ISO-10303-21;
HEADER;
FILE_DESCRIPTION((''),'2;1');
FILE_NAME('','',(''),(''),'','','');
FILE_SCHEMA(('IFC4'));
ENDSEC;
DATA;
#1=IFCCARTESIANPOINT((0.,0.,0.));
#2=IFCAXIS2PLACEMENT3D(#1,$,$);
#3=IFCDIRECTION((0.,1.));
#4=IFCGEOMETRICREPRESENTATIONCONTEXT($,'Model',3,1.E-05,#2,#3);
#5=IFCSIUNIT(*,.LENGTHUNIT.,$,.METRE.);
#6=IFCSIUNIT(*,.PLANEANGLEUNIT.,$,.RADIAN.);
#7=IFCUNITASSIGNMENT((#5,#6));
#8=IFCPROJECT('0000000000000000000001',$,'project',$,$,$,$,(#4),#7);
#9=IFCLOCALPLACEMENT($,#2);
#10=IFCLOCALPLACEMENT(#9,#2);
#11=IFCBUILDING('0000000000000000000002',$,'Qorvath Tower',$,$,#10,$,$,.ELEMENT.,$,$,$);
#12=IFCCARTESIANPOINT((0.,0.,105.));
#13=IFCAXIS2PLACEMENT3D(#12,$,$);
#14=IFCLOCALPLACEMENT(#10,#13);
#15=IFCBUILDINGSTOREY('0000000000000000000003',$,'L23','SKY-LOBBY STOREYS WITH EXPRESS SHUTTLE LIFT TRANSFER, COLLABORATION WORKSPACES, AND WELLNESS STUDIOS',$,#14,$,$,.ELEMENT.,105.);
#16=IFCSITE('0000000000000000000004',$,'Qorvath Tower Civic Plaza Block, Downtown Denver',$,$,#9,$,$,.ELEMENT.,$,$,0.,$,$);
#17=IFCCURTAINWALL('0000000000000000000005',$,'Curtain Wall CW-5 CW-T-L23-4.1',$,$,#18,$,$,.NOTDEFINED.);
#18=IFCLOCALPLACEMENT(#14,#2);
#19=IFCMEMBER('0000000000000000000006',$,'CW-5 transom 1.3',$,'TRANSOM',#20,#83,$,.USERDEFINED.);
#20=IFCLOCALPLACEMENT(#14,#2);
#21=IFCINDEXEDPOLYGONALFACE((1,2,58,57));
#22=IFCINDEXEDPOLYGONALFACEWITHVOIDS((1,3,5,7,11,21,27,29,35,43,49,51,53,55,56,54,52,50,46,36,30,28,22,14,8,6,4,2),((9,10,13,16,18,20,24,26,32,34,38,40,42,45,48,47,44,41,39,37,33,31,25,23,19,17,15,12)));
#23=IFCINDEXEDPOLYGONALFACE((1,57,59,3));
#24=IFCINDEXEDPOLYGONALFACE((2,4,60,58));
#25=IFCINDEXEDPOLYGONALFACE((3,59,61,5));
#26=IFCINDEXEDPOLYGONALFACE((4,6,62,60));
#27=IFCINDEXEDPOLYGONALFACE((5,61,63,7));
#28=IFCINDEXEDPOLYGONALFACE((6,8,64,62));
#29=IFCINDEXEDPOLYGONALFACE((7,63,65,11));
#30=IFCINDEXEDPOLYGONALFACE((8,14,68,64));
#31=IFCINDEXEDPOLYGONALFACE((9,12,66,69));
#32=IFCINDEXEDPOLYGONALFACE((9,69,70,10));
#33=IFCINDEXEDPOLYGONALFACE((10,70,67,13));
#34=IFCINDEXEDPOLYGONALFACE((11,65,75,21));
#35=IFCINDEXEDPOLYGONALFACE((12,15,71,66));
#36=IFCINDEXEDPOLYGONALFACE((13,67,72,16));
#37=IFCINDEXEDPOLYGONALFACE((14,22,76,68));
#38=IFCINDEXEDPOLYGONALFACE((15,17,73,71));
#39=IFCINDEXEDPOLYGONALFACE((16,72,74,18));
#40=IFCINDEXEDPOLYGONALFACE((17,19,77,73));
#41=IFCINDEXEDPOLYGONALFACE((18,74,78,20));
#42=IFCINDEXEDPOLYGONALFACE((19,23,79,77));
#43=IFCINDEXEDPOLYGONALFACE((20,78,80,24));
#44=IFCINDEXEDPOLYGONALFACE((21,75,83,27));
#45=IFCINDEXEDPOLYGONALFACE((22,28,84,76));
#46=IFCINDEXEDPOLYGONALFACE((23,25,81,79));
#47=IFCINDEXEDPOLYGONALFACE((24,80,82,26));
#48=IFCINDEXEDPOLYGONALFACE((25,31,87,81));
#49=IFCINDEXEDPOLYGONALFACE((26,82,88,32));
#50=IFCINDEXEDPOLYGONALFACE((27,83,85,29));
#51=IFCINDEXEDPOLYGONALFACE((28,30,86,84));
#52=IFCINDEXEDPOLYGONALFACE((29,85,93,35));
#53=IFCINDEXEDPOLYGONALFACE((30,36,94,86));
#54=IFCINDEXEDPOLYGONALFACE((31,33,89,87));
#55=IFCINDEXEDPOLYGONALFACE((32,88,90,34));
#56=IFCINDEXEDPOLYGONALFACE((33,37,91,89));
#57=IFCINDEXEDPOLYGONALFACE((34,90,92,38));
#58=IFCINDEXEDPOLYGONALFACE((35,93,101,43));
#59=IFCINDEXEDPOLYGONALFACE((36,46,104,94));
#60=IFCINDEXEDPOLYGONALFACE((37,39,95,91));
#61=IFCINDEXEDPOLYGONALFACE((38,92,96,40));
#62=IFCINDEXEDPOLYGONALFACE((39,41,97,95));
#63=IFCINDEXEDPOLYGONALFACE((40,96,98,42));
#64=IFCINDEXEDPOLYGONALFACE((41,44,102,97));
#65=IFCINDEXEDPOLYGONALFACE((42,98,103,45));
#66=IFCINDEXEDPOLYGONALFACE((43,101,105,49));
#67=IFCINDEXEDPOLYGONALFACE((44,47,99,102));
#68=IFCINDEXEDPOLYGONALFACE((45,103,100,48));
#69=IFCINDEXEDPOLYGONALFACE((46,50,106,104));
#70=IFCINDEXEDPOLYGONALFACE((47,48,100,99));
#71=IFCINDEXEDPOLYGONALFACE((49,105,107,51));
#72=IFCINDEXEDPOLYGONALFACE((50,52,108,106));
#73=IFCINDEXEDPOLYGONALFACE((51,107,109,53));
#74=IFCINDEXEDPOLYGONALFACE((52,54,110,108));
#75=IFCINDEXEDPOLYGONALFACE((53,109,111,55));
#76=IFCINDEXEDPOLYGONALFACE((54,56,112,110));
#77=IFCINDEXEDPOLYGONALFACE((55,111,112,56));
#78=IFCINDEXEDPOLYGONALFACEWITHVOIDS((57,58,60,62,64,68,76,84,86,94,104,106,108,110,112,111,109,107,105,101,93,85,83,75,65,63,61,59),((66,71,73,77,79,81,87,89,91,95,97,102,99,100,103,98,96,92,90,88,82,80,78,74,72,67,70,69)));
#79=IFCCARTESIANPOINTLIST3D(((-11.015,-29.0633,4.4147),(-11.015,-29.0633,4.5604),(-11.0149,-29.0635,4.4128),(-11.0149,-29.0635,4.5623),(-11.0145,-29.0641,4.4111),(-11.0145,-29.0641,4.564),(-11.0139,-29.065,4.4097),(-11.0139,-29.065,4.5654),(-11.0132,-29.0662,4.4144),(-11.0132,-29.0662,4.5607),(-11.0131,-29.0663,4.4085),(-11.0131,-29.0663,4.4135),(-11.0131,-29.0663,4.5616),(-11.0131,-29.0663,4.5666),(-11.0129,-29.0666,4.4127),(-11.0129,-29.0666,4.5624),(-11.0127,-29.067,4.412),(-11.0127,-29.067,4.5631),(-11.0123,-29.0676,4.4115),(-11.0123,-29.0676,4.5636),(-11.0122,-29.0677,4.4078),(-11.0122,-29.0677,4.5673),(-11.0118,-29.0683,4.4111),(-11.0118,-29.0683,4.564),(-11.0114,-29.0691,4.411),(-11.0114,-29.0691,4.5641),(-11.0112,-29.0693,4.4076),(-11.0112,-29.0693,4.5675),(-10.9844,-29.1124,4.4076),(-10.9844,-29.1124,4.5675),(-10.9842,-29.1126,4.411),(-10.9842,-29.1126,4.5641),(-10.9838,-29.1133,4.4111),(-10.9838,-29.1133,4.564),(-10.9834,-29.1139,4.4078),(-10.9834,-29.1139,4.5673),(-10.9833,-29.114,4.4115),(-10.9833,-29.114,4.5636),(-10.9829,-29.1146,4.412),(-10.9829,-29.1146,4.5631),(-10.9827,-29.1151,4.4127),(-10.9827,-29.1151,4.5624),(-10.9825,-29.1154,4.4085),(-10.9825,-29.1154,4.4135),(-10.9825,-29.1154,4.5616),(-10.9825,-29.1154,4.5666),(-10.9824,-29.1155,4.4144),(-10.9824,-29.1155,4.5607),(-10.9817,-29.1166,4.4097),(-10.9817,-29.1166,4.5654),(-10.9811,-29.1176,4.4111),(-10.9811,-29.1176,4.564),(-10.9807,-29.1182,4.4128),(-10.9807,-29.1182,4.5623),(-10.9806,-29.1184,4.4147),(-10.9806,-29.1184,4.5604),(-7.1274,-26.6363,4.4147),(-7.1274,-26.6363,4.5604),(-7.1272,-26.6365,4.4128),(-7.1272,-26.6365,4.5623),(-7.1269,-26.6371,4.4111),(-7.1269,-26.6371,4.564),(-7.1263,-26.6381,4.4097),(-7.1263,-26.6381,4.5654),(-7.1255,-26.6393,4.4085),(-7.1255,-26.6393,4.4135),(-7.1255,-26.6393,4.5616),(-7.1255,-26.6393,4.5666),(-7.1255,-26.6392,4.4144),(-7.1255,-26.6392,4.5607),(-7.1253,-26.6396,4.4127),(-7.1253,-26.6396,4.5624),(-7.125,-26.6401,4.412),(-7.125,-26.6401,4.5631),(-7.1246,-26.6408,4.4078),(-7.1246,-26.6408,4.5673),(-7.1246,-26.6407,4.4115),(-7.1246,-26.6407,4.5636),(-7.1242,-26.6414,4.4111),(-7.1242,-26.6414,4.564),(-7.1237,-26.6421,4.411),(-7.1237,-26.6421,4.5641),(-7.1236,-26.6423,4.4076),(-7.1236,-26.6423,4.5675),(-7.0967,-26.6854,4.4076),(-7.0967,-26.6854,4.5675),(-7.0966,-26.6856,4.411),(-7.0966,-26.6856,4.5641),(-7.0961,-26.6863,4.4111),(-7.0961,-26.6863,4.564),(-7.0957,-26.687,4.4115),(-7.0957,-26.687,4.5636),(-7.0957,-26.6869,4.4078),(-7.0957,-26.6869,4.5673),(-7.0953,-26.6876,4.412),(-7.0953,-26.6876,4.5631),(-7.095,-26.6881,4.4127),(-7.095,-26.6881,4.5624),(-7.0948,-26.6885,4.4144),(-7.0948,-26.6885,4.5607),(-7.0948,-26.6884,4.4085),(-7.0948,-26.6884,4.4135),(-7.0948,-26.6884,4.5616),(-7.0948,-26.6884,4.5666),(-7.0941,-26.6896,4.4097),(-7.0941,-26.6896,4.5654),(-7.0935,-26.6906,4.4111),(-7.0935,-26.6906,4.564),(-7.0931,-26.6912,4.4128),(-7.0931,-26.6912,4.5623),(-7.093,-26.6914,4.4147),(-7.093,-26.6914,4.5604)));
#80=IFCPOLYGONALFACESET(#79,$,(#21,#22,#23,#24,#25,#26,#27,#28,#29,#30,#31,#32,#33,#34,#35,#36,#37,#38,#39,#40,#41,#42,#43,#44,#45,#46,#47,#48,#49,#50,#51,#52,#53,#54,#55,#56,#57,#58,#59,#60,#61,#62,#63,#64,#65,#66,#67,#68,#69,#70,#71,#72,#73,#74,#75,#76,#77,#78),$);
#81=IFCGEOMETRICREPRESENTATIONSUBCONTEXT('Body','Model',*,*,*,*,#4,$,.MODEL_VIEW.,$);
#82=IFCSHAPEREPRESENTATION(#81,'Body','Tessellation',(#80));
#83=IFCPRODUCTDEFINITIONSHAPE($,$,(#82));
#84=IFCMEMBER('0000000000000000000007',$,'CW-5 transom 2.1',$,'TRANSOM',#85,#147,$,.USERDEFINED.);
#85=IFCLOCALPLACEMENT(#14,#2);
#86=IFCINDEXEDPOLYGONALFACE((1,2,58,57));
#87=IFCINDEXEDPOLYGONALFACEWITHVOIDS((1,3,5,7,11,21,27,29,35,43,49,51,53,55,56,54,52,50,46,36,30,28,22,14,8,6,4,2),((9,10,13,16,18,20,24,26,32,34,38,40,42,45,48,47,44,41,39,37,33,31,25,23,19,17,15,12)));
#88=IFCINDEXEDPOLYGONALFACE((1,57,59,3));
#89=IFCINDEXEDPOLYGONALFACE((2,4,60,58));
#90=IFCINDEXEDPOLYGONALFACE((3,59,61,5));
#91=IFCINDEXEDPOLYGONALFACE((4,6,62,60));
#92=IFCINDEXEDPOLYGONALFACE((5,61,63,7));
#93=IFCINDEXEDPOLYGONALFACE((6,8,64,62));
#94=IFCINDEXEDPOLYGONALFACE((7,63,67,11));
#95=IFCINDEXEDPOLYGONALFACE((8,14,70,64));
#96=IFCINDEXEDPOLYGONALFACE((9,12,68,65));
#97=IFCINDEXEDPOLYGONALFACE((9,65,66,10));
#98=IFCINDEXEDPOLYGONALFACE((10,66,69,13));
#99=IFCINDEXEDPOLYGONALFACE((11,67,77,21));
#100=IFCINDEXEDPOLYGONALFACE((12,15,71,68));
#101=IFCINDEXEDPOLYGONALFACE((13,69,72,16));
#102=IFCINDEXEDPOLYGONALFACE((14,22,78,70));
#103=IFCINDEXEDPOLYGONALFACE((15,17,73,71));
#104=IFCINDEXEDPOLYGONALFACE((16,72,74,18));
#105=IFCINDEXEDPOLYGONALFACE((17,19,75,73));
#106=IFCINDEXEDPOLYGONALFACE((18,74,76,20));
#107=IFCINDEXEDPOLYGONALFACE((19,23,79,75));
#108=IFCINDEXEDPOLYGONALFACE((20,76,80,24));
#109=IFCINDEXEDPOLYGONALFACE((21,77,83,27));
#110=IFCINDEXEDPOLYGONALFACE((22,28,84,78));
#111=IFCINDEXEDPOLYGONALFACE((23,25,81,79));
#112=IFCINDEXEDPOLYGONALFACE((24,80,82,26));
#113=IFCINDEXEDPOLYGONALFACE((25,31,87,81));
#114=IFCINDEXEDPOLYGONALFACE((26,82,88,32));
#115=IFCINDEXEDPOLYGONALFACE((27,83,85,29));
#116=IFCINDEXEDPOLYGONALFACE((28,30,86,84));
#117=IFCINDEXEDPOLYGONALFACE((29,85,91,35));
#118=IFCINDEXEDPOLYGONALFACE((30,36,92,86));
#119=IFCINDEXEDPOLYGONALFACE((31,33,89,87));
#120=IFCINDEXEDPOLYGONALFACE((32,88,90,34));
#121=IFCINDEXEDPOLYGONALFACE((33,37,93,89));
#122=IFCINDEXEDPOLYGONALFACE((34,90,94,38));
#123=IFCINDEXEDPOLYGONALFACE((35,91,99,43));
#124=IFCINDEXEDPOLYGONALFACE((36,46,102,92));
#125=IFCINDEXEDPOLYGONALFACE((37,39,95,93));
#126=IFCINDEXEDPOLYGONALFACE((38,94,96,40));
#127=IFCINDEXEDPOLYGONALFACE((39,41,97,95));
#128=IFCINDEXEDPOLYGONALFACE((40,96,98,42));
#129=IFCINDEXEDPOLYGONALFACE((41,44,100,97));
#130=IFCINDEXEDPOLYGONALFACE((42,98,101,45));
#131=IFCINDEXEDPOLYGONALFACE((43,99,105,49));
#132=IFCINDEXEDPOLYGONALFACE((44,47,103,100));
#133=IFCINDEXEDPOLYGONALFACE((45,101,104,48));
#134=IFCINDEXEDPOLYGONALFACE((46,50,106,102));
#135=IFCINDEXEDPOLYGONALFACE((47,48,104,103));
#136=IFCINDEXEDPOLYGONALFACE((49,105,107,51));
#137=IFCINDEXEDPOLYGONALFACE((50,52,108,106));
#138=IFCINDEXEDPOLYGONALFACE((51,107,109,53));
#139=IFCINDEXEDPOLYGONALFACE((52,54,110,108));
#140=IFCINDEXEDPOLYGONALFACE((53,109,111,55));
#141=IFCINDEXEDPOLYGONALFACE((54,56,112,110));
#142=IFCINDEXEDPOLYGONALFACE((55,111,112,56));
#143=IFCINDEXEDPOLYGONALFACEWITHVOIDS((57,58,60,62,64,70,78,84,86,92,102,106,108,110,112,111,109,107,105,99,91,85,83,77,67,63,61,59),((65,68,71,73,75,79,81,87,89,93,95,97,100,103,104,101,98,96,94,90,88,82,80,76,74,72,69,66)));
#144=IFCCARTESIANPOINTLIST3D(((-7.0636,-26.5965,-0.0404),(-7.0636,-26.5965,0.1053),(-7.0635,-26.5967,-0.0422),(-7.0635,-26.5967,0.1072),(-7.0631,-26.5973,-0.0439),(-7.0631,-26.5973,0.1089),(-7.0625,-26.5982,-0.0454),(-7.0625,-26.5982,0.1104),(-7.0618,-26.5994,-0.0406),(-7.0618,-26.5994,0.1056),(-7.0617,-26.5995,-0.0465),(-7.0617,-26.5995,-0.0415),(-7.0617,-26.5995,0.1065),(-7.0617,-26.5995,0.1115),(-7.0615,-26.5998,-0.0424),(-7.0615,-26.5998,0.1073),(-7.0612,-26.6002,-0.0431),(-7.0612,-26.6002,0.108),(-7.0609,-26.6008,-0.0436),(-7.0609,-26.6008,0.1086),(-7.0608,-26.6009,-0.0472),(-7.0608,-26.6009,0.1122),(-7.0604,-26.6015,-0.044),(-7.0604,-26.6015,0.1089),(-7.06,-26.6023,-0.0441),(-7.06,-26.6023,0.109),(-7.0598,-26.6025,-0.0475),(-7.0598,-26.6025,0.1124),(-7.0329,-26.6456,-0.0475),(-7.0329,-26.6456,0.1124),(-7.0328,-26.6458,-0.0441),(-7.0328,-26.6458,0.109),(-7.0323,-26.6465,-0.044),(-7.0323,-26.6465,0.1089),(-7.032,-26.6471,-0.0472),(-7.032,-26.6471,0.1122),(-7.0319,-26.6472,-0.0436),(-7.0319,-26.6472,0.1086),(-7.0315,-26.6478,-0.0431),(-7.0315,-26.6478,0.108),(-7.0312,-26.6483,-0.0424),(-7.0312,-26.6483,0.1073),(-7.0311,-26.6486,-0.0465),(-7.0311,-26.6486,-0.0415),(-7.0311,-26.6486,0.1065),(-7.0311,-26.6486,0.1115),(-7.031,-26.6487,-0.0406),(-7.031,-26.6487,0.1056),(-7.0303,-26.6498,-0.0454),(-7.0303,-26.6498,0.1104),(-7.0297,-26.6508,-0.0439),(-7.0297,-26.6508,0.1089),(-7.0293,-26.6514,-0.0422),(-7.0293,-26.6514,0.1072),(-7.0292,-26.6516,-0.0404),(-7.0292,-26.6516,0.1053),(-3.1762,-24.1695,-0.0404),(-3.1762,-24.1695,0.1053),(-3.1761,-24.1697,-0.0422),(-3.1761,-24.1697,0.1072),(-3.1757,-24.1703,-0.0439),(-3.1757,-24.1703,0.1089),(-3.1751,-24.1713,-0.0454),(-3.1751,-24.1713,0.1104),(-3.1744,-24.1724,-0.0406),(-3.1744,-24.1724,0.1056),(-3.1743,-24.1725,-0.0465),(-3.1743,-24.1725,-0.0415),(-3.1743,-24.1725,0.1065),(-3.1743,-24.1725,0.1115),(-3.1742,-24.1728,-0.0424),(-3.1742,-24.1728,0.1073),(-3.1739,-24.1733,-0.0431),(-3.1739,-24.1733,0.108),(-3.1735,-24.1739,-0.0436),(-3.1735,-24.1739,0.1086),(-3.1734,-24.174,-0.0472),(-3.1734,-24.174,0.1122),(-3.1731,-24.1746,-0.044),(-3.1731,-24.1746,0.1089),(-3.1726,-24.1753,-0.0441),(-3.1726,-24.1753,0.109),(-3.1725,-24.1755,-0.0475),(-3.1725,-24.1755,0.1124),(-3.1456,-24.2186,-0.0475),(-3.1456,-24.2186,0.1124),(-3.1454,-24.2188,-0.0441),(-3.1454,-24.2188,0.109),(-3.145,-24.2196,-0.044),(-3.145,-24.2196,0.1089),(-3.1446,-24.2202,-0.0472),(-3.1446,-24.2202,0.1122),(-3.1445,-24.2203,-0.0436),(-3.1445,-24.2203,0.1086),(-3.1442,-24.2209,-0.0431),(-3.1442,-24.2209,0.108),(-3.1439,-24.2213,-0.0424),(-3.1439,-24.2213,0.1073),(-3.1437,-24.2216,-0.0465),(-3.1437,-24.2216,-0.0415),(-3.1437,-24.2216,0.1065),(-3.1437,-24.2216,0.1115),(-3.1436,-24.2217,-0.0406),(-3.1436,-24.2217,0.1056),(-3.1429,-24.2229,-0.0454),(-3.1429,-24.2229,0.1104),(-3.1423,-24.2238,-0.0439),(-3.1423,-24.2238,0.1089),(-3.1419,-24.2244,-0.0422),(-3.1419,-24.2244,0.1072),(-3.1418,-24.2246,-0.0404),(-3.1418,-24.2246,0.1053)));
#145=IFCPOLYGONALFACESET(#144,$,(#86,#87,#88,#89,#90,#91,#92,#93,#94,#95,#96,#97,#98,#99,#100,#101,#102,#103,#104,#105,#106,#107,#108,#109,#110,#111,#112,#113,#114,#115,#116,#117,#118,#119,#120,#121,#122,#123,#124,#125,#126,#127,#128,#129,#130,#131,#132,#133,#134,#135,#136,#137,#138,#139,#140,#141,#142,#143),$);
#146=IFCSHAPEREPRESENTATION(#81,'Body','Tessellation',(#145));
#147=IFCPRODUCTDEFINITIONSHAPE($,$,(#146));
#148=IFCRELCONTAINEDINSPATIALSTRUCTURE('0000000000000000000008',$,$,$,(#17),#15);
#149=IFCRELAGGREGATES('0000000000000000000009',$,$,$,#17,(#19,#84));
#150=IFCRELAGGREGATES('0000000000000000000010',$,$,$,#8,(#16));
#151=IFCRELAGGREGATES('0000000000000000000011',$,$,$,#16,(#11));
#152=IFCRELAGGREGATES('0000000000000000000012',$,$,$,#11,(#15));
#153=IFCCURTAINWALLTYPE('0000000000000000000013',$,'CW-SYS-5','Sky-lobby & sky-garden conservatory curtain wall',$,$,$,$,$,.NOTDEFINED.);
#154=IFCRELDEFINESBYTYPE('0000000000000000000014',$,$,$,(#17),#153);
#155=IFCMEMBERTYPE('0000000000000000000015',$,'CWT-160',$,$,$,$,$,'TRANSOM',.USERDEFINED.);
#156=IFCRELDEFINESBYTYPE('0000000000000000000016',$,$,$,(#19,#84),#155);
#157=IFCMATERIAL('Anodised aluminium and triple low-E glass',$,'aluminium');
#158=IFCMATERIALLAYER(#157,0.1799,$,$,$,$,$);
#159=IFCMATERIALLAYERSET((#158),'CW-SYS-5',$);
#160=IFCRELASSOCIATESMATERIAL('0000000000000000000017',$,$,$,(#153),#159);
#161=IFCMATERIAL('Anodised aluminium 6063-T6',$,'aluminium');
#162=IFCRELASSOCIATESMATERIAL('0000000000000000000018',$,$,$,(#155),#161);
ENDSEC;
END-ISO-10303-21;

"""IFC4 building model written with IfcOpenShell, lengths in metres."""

from ifc_helpers import new_model, si_unit, direction, frame, origin, origin_2d, place, context, subcontext, project, spatial, hollow_rectangle, extrude, material, layer, layer_set, material_profile, profile_set, type_object, element, aggregate, save


model = new_model("IFC4")

# Units and contexts
model_context = context("Model", 3, precision=1e-05, world=origin(), true_north=direction((0.0, 1.0)))
body_context = subcontext(model_context, "Body", "Model", "MODEL_VIEW")
ifc_project = project(units=[si_unit("LENGTHUNIT", "METRE"), si_unit("PLANEANGLEUNIT", "RADIAN")], contexts=[model_context])

# Site, building, storey
site_placement = place(None, origin())
site = spatial("IfcSite", under=ifc_project, at=site_placement, Name="Qorvath Tower Civic Plaza Block, Downtown Denver", CompositionType="ELEMENT", RefElevation=0.0)
building_placement = place(site_placement, origin())
building = spatial("IfcBuilding", under=site, at=building_placement, Name="Qorvath Tower", CompositionType="ELEMENT")
storey_placement = place(building_placement, frame((0.0, 0.0, 105.0)))
storey = spatial("IfcBuildingStorey", under=building, at=storey_placement, Name="L23", Description="SKY-LOBBY STOREYS WITH EXPRESS SHUTTLE LIFT TRANSFER, COLLABORATION WORKSPACES, AND WELLNESS STUDIOS", CompositionType="ELEMENT", Elevation=105.0)

# Shared definitions
ifc_material_1 = material(Name="Anodised aluminium and triple low-E glass", Category="aluminium")
ifc_layer_1 = layer(ifc_material_1, 0.1799)
ifc_layer_set_1 = layer_set([ifc_layer_1], Name="CW-SYS-5")
curtain_wall_type = type_object("IfcCurtainWallType", Name="CW-SYS-5", Description="Sky-lobby & sky-garden conservatory curtain wall", PredefinedType="NOTDEFINED", material=ifc_layer_set_1)

# Curtain wall
curtain_wall_1_placement = place(storey_placement, origin())
curtain_wall_1 = element("IfcCurtainWall", 1, at=curtain_wall_1_placement, inside=storey, type_object=curtain_wall_type, Name="Curtain Wall CW-5 CW-T-L23-4.1", PredefinedType="NOTDEFINED")

# Members
ifc_material_2 = material(Name="Anodised aluminium 6063-T6", Category="aluminium")
ifc_material_profile_1 = material_profile(ifc_material_2, hollow_rectangle(XDim=0.0649, YDim=0.1599, WallThickness=0.0034, InnerFilletRadius=0.0034, OuterFilletRadius=0.0071, at=origin_2d()), Name="CWT 160x65")
ifc_profile_set_1 = profile_set([ifc_material_profile_1], Name="Anodised aluminium 6063-T6")
member_type_1 = type_object("IfcMemberType", Name="CWT-160", ElementType="TRANSOM", PredefinedType="USERDEFINED", material=ifc_profile_set_1)
member_1_placement = place(storey_placement, frame((-10.9978, -29.0908, 4.4875), z_axis=(0.848274, 0.529558, 0.0), x_axis=(-0.529558, 0.848274, 0.0)))
member_1 = element("IfcMember", 2, at=member_1_placement, type_object=member_type_1, Name="CW-5 transom 1.3", ObjectType="TRANSOM", PredefinedType="USERDEFINED", context=body_context, shape_type="SweptSolid", body=[
    extrude(hollow_rectangle(XDim=0.0649, YDim=0.1599, WallThickness=0.0034, InnerFilletRadius=0.0034, OuterFilletRadius=0.0071, at=origin_2d()), origin(), (0.0, 0.0, 1.0), 4.583),
])
member_2_placement = place(storey_placement, frame((-7.0464, -26.624, 0.0325), z_axis=(0.848259, 0.529582, 0.0), x_axis=(-0.529582, 0.848259, 0.0)))
member_2 = element("IfcMember", 3, at=member_2_placement, type_object=member_type_1, Name="CW-5 transom 2.1", ObjectType="TRANSOM", PredefinedType="USERDEFINED", context=body_context, shape_type="SweptSolid", body=[
    extrude(hollow_rectangle(XDim=0.0649, YDim=0.1599, WallThickness=0.0034, InnerFilletRadius=0.0034, OuterFilletRadius=0.0071, at=origin_2d()), origin(), (0.0, 0.0, 1.0), 4.5828),
])

aggregate(curtain_wall_1, [member_1, member_2])

save(model, "model.ifc")
